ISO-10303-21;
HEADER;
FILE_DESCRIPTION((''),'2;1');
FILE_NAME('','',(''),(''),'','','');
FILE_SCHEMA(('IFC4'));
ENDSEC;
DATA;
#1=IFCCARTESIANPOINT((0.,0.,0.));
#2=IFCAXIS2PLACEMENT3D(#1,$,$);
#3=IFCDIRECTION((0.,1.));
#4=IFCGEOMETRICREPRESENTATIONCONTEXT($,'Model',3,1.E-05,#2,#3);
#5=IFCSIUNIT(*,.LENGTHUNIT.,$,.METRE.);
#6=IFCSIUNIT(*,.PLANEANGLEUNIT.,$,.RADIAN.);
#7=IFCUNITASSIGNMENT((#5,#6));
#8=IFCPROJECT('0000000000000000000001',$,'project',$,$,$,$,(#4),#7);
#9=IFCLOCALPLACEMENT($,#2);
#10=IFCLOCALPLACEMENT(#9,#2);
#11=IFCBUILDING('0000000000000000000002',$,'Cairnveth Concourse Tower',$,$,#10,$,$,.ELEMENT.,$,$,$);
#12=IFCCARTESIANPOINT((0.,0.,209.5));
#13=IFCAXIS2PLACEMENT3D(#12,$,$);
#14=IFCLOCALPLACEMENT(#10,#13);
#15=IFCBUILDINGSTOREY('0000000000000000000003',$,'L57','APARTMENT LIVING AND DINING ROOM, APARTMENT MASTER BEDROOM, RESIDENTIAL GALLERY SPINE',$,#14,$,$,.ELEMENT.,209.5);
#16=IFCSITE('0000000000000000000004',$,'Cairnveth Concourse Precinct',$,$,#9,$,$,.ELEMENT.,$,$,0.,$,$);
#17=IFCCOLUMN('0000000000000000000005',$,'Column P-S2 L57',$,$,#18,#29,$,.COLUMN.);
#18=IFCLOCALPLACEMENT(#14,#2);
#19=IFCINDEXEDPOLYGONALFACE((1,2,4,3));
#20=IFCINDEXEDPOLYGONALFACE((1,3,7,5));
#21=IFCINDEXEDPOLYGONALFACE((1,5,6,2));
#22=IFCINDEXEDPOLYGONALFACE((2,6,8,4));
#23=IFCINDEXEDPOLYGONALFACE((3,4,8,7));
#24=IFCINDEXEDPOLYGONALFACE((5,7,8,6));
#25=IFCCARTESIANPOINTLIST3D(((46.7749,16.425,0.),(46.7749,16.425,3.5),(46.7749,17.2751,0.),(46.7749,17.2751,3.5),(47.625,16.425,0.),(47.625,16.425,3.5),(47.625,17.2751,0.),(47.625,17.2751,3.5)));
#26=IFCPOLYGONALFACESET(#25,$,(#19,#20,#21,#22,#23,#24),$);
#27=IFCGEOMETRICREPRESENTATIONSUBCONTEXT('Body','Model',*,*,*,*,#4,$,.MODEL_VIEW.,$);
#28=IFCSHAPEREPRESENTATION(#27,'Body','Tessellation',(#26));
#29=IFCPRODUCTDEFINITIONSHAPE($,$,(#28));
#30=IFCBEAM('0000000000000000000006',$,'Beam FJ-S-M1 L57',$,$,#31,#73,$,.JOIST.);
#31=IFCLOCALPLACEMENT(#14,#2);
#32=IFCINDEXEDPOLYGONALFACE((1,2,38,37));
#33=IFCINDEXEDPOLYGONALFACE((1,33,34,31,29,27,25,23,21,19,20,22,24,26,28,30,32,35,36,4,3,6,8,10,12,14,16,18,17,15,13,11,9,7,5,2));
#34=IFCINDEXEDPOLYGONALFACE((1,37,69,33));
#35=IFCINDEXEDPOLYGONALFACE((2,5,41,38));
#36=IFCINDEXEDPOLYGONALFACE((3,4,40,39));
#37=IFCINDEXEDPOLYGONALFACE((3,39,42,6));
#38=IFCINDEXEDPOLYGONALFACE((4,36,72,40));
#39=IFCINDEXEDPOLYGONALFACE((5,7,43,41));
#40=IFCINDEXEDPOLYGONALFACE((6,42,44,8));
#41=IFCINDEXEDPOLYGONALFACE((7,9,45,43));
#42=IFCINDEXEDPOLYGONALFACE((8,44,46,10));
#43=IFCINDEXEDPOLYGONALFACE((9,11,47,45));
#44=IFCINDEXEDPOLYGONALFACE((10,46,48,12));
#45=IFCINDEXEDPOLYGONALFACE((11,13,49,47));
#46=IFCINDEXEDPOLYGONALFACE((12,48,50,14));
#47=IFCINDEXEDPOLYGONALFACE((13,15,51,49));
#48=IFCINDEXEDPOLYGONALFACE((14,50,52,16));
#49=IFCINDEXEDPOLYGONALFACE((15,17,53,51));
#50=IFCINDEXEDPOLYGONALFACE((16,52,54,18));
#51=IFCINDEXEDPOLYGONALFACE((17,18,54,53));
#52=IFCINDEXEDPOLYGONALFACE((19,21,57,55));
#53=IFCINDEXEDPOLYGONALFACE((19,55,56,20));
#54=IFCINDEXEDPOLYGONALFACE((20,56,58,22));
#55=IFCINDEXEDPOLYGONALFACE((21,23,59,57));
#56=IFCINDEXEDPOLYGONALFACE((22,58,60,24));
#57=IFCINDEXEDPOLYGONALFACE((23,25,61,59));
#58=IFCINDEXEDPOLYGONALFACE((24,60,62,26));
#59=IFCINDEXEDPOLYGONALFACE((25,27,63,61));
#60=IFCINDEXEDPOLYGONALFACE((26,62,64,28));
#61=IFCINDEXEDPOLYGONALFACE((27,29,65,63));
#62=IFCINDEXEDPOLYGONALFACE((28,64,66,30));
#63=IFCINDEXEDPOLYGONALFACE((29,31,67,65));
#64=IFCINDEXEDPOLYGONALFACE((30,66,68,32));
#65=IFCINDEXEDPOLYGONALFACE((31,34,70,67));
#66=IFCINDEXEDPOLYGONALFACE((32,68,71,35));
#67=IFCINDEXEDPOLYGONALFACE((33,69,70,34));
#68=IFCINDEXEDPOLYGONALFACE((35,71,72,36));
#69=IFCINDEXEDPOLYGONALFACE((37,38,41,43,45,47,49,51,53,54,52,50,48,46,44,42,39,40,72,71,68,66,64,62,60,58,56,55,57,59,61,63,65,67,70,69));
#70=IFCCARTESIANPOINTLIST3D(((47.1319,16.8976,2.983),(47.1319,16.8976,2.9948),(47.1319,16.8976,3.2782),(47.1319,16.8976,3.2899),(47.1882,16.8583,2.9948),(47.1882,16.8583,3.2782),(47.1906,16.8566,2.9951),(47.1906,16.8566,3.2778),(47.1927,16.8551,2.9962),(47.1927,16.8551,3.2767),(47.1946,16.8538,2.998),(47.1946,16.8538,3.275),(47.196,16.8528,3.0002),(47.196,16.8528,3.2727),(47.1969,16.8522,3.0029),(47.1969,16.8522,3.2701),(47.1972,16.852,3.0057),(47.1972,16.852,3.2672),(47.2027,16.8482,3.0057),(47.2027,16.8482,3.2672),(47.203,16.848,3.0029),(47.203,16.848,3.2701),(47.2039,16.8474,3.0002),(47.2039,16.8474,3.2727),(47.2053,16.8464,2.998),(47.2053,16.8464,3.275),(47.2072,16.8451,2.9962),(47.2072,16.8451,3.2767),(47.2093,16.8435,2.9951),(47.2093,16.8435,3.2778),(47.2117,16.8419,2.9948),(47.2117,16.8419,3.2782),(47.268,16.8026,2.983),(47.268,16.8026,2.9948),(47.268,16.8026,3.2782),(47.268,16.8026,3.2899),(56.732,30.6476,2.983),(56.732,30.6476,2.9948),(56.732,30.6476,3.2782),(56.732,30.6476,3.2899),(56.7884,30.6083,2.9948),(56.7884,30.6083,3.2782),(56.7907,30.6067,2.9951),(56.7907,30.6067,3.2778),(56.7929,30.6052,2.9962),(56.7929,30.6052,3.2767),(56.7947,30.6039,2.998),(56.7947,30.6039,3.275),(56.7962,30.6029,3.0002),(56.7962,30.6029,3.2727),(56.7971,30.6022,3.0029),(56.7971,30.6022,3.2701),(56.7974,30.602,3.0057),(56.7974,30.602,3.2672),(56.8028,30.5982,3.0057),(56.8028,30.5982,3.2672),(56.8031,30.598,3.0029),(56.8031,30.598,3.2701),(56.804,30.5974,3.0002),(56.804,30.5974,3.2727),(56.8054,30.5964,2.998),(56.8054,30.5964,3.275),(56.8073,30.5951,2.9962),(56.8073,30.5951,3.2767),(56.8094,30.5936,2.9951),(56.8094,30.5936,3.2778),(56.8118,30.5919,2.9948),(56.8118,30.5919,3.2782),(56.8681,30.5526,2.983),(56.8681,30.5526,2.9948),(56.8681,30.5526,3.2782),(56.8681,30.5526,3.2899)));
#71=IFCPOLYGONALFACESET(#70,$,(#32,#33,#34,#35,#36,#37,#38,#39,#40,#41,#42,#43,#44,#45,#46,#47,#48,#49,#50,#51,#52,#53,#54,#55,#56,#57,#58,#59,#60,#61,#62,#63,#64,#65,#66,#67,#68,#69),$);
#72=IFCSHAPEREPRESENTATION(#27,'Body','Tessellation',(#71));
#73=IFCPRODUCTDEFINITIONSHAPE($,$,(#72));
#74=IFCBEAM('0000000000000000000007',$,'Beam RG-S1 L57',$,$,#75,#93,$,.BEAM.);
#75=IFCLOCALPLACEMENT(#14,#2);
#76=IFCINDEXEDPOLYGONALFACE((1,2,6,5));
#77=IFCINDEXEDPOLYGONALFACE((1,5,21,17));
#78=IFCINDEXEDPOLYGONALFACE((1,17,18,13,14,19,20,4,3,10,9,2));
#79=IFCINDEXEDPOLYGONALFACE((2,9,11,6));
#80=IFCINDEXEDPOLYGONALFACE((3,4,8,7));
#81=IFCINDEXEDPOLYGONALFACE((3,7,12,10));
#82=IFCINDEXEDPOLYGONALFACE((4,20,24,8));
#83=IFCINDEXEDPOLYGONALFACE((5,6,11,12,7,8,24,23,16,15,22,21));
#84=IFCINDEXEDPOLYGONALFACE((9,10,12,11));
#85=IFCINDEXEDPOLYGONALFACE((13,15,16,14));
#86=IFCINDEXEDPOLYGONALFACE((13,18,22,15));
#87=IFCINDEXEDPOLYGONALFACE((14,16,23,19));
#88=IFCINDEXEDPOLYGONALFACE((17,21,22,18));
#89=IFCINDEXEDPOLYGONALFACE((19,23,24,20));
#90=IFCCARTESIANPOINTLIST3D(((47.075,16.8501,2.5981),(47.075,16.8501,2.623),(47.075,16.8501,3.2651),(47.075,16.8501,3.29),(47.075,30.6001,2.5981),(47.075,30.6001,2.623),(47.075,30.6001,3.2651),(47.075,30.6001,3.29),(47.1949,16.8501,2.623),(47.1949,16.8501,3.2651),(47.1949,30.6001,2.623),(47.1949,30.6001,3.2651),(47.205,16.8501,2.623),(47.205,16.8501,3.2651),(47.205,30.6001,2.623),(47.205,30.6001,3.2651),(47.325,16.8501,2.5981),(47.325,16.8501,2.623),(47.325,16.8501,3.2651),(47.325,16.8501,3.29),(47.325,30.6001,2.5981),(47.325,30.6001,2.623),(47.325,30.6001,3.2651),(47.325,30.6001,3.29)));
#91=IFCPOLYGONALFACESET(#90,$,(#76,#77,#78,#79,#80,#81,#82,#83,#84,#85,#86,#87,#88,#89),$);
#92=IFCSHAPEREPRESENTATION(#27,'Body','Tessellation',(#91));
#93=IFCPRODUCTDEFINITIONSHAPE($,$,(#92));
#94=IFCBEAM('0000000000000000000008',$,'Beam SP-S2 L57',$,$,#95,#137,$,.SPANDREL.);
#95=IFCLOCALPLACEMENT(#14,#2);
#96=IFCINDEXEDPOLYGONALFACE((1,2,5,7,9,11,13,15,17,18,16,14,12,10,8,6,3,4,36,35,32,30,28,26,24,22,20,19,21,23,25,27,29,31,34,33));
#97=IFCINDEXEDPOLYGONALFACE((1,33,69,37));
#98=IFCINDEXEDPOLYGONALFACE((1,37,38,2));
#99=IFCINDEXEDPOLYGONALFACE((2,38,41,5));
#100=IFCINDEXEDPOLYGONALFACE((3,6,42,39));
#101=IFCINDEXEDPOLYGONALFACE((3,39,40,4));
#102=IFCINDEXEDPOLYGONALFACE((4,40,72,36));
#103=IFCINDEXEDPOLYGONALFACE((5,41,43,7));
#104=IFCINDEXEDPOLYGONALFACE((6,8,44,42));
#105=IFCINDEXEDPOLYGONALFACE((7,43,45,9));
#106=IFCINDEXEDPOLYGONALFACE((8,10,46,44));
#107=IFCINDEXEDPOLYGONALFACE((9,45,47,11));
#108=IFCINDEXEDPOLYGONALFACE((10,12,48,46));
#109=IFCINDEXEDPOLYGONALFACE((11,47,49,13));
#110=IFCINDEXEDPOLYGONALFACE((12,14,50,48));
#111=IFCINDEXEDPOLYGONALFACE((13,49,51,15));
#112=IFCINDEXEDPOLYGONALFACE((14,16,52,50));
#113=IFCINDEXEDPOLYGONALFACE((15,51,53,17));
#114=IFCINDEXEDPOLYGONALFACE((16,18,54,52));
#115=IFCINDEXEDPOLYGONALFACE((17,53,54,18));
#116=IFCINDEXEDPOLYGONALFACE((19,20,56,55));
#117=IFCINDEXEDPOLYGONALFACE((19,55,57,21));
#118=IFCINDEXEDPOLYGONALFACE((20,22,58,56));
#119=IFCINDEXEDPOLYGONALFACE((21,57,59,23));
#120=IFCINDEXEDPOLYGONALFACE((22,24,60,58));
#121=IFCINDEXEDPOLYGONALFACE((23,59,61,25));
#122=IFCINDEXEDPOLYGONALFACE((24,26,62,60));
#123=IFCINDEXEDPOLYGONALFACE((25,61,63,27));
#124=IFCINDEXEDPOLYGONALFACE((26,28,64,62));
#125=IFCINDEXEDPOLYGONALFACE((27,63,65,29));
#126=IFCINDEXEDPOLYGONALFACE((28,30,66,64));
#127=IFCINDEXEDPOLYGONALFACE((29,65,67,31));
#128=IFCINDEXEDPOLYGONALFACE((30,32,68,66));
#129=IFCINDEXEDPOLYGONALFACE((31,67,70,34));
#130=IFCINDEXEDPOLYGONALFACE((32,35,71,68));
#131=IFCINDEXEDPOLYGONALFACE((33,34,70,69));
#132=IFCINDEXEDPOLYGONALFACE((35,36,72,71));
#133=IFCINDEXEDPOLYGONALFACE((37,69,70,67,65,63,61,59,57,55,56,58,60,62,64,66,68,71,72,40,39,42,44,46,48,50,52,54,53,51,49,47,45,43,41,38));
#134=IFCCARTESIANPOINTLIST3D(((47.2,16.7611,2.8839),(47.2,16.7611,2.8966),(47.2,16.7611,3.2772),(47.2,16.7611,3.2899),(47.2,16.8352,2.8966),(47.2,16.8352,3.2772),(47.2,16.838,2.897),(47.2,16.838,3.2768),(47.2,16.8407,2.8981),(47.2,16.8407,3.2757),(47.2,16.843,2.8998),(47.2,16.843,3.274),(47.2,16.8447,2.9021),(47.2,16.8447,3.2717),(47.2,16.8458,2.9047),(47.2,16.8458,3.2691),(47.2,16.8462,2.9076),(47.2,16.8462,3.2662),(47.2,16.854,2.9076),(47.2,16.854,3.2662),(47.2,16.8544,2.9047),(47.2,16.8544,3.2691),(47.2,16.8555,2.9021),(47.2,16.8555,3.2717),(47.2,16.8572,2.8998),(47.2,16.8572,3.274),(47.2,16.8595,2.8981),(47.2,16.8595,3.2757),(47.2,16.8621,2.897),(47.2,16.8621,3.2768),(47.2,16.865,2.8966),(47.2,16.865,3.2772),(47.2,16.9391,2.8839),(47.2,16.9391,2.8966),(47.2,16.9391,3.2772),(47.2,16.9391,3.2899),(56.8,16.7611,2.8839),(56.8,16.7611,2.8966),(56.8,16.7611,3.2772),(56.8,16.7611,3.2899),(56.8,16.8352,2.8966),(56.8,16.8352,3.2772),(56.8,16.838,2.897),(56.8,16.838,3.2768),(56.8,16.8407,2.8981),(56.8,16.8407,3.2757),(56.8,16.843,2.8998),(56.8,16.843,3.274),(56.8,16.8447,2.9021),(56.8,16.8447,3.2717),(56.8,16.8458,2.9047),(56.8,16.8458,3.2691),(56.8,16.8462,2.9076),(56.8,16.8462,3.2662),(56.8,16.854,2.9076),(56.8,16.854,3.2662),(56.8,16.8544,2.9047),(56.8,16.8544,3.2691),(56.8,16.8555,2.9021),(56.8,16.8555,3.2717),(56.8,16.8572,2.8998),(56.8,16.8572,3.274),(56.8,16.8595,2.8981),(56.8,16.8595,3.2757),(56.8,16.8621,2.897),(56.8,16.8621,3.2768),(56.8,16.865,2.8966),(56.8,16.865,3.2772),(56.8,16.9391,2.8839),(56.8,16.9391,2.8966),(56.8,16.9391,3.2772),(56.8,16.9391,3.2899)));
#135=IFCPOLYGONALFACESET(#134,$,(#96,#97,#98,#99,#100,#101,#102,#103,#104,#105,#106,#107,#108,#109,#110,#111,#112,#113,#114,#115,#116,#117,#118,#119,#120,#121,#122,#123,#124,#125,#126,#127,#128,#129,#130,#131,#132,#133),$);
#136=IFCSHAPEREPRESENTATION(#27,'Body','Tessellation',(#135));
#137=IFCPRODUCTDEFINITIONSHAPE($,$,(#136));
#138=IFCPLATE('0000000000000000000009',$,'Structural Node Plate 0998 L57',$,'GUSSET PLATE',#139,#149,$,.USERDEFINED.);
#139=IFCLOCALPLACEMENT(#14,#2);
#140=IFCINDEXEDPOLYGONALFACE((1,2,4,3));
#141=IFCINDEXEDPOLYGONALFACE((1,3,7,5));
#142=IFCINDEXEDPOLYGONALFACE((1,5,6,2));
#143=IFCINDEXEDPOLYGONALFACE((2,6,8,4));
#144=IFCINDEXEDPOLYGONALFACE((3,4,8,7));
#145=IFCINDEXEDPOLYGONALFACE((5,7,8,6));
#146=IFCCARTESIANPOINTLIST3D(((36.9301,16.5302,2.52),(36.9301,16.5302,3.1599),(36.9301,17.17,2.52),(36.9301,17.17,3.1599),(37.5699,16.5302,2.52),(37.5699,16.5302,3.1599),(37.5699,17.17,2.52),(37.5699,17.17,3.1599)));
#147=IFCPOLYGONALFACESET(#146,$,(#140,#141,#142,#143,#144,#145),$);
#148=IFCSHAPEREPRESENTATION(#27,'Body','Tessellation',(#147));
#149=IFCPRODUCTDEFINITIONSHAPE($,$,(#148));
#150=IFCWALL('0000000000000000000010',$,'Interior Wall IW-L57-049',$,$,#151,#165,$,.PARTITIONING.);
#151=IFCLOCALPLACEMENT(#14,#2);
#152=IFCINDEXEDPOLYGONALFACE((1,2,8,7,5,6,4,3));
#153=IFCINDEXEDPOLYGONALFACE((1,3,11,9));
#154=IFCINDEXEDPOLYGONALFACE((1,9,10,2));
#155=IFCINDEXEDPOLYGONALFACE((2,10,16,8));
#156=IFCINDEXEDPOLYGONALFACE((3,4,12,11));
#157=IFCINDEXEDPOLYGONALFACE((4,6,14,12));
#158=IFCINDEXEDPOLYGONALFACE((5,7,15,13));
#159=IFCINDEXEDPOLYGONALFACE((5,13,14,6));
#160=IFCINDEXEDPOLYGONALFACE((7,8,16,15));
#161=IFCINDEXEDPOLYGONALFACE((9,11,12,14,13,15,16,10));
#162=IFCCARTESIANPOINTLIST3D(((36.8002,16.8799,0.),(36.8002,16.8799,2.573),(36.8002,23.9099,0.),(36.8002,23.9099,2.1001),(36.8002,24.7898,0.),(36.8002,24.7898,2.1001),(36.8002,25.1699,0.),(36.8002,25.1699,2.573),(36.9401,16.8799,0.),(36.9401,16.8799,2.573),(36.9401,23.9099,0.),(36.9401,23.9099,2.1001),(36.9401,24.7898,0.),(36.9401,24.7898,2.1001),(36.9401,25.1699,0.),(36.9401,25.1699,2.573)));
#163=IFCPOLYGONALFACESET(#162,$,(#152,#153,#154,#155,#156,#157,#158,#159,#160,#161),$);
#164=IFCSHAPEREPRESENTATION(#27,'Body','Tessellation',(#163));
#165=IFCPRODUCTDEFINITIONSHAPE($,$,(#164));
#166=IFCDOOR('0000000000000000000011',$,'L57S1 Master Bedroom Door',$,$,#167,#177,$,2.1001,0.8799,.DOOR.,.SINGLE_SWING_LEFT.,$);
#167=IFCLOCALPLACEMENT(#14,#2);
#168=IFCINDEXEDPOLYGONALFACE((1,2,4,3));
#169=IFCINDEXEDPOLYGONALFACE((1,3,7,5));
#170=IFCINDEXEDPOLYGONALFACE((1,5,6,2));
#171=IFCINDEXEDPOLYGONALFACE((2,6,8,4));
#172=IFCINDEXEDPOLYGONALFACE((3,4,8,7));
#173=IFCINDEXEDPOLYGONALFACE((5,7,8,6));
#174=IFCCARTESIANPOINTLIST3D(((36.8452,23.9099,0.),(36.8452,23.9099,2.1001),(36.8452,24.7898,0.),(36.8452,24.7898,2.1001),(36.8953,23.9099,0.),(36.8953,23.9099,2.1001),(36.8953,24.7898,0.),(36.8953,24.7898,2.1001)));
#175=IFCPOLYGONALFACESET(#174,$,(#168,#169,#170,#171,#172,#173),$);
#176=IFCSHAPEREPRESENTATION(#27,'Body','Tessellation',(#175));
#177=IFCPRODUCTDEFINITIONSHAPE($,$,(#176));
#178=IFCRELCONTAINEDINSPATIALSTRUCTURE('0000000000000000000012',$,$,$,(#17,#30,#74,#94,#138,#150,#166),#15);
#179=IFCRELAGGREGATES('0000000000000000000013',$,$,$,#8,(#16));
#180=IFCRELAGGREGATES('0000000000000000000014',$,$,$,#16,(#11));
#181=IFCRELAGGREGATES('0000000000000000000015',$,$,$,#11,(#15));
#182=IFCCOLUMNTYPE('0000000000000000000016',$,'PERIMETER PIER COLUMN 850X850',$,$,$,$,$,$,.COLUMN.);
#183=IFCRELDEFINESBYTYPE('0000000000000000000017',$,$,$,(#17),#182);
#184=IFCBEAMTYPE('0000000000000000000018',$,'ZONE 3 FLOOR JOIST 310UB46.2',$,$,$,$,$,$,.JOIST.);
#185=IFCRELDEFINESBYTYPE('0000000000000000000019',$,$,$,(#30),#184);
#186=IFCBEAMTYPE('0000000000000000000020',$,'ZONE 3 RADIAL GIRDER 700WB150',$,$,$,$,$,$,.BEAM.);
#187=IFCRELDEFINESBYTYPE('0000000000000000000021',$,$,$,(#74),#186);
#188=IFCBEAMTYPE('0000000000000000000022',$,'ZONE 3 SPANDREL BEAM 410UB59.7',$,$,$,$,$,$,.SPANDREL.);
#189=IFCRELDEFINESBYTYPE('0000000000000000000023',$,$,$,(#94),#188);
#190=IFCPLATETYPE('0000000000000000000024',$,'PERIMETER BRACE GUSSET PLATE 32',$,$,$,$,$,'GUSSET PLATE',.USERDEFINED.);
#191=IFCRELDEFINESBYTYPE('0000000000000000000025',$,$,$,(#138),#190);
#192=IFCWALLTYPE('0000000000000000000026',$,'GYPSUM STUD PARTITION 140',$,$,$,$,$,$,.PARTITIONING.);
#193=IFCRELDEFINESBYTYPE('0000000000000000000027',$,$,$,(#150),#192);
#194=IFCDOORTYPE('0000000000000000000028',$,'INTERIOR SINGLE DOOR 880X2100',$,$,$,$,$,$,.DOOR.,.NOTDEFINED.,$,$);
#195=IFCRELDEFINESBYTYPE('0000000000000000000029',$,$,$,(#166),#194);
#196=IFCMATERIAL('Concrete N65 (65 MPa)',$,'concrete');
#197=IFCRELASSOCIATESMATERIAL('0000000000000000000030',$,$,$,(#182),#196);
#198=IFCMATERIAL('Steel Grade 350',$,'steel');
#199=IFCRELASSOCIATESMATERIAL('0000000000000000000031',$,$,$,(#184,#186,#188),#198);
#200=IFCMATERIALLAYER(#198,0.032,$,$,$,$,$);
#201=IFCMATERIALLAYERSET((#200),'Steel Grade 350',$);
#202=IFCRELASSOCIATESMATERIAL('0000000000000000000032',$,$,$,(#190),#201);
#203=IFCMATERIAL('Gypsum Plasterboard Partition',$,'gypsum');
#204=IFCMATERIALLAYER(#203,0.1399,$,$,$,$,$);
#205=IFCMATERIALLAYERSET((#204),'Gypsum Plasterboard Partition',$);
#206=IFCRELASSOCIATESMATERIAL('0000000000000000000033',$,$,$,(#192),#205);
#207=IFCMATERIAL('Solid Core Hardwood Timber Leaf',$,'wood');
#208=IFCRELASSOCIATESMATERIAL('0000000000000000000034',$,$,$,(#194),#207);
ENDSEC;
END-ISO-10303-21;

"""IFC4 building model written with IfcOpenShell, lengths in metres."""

from ifc_helpers import new_model, si_unit, direction, frame, frame_2d, origin, origin_2d, place, context, subcontext, project, spatial, rectangle, i_section, extrude, material, layer, layer_set, material_profile, profile_set, type_object, element, fill, save


model = new_model("IFC4")

# Units and contexts
model_context = context("Model", 3, precision=1e-05, world=origin(), true_north=direction((0.0, 1.0)))
body_context = subcontext(model_context, "Body", "Model", "MODEL_VIEW")
ifc_project = project(units=[si_unit("LENGTHUNIT", "METRE"), si_unit("PLANEANGLEUNIT", "RADIAN")], contexts=[model_context])

# Site, building, storey
site_placement = place(None, origin())
site = spatial("IfcSite", under=ifc_project, at=site_placement, Name="Cairnveth Concourse Precinct", CompositionType="ELEMENT", RefElevation=0.0)
building_placement = place(site_placement, origin())
building = spatial("IfcBuilding", under=site, at=building_placement, Name="Cairnveth Concourse Tower", CompositionType="ELEMENT")
storey_placement = place(building_placement, frame((0.0, 0.0, 209.5)))
storey = spatial("IfcBuildingStorey", under=building, at=storey_placement, Name="L57", Description="APARTMENT LIVING AND DINING ROOM, APARTMENT MASTER BEDROOM, RESIDENTIAL GALLERY SPINE", CompositionType="ELEMENT", Elevation=209.5)

# Column
ifc_material_1 = material(Name="Concrete N65 (65 MPa)", Category="concrete")
ifc_material_profile_1 = material_profile(ifc_material_1, rectangle(XDim=0.8501, YDim=0.8501, at=origin_2d()), Name="RC-COL-850x850")
ifc_profile_set_1 = profile_set([ifc_material_profile_1], Name="Concrete N65 (65 MPa)")
column_type = type_object("IfcColumnType", Name="PERIMETER PIER COLUMN 850X850", PredefinedType="COLUMN", material=ifc_profile_set_1)
column_placement = place(storey_placement, frame((47.2, 16.8501, 0.0), z_axis=(0.0, 0.0, 1.0), x_axis=(1.0, 0.0, 0.0)))
element("IfcColumn", 1, at=column_placement, inside=storey, type_object=column_type, Name="Column P-S2 L57", PredefinedType="COLUMN", context=body_context, shape_type="SweptSolid", body=[
    extrude(rectangle(XDim=0.8501, YDim=0.8501, at=origin_2d()), origin(), (0.0, 0.0, 1.0), 3.5),
])

# Beams
ifc_material_2 = material(Name="Steel Grade 350", Category="steel")
ifc_material_profile_2 = material_profile(ifc_material_2, i_section(OverallWidth=0.166, OverallDepth=0.3069, WebThickness=0.0066, FlangeThickness=0.0117, FilletRadius=0.011, at=origin_2d()), Name="310UB46.2")
ifc_profile_set_2 = profile_set([ifc_material_profile_2], Name="Steel Grade 350")
beam_type_1 = type_object("IfcBeamType", Name="ZONE 3 FLOOR JOIST 310UB46.2", PredefinedType="JOIST", material=ifc_profile_set_2)
beam_1_placement = place(storey_placement, frame((47.2, 16.8501, 3.1365), z_axis=(0.572465, 0.819929, 0.0), x_axis=(-0.819929, 0.572465, 0.0)))
element("IfcBeam", 2, at=beam_1_placement, inside=storey, type_object=beam_type_1, Name="Beam FJ-S-M1 L57", PredefinedType="JOIST", context=body_context, shape_type="SweptSolid", body=[
    extrude(i_section(OverallWidth=0.166, OverallDepth=0.3069, WebThickness=0.0066, FlangeThickness=0.0117, FilletRadius=0.011, at=origin_2d()), origin(), (0.0, 0.0, 1.0), 16.7698),
])
ifc_material_profile_3 = material_profile(ifc_material_2, i_section(OverallWidth=0.25, OverallDepth=0.6919, WebThickness=0.01, FlangeThickness=0.0249, at=origin_2d()), Name="700WB150")
ifc_profile_set_3 = profile_set([ifc_material_profile_3], Name="Steel Grade 350")
beam_type_2 = type_object("IfcBeamType", Name="ZONE 3 RADIAL GIRDER 700WB150", PredefinedType="BEAM", material=ifc_profile_set_3)
beam_2_placement = place(storey_placement, frame((47.2, 16.8501, 2.9441), z_axis=(0.0, 1.0, 0.0), x_axis=(-1.0, 0.0, 0.0)))
element("IfcBeam", 3, at=beam_2_placement, inside=storey, type_object=beam_type_2, Name="Beam RG-S1 L57", PredefinedType="BEAM", context=body_context, shape_type="SweptSolid", body=[
    extrude(i_section(OverallWidth=0.25, OverallDepth=0.6919, WebThickness=0.01, FlangeThickness=0.0249, at=origin_2d()), origin(), (0.0, 0.0, 1.0), 13.75),
])
ifc_material_profile_4 = material_profile(ifc_material_2, i_section(OverallWidth=0.178, OverallDepth=0.406, WebThickness=0.0078, FlangeThickness=0.0127, FilletRadius=0.011, at=origin_2d()), Name="410UB59.7")
ifc_profile_set_4 = profile_set([ifc_material_profile_4], Name="Steel Grade 350")
beam_type_3 = type_object("IfcBeamType", Name="ZONE 3 SPANDREL BEAM 410UB59.7", PredefinedType="SPANDREL", material=ifc_profile_set_4)
beam_3_placement = place(storey_placement, frame((47.2, 16.8501, 3.0869), z_axis=(1.0, 0.0, 0.0), x_axis=(0.0, 1.0, 0.0)))
element("IfcBeam", 4, at=beam_3_placement, inside=storey, type_object=beam_type_3, Name="Beam SP-S2 L57", PredefinedType="SPANDREL", context=body_context, shape_type="SweptSolid", body=[
    extrude(i_section(OverallWidth=0.178, OverallDepth=0.406, WebThickness=0.0078, FlangeThickness=0.0127, FilletRadius=0.011, at=origin_2d()), origin(), (0.0, 0.0, 1.0), 9.6001),
])

# Plate
ifc_layer_1 = layer(ifc_material_2, 0.032)
ifc_layer_set_1 = layer_set([ifc_layer_1], Name="Steel Grade 350")
plate_type = type_object("IfcPlateType", Name="PERIMETER BRACE GUSSET PLATE 32", ElementType="GUSSET PLATE", PredefinedType="USERDEFINED", material=ifc_layer_set_1)
plate_placement = place(storey_placement, frame((37.25, 16.8501, 2.52), z_axis=(0.0, 0.0, 1.0), x_axis=(1.0, 0.0, 0.0)))
element("IfcPlate", 5, at=plate_placement, inside=storey, type_object=plate_type, Name="Structural Node Plate 0998 L57", ObjectType="GUSSET PLATE", PredefinedType="USERDEFINED", context=body_context, shape_type="SweptSolid", body=[
    extrude(rectangle(XDim=0.6399, YDim=0.6399, at=origin_2d()), origin(), (0.0, 0.0, 1.0), 0.6399),
])

# Wall, opening, door
ifc_material_3 = material(Name="Gypsum Plasterboard Partition", Category="gypsum")
ifc_layer_2 = layer(ifc_material_3, 0.1399)
ifc_layer_set_2 = layer_set([ifc_layer_2], Name="Gypsum Plasterboard Partition")
wall_type_1 = type_object("IfcWallType", Name="GYPSUM STUD PARTITION 140", PredefinedType="PARTITIONING", material=ifc_layer_set_2)
wall_1_placement = place(storey_placement, frame((36.8701, 16.8799, 0.0), z_axis=(0.0, 0.0, 1.0), x_axis=(0.0, 1.0, 0.0)))
wall_1 = element("IfcWall", 6, at=wall_1_placement, inside=storey, type_object=wall_type_1, Name="Interior Wall IW-L57-049", PredefinedType="PARTITIONING", context=body_context, shape_type="SweptSolid", body=[
    extrude(rectangle(XDim=8.29, YDim=0.1399, at=frame_2d((4.145, 0.0))), origin(), (0.0, 0.0, 1.0), 2.573),
])
opening_1_placement = place(wall_1_placement, frame((7.03, 0.0, 0.0)))
opening_1 = element("IfcOpeningElement", 7, at=opening_1_placement, cuts=wall_1, PredefinedType="OPENING", context=body_context, shape_type="SweptSolid", body=[
    extrude(rectangle(XDim=0.8799, YDim=2.1001, at=frame_2d((0.4399, 1.05))), frame((0.0, 0.0798, 0.0), z_axis=(0.0, -1.0, 0.0), x_axis=(1.0, 0.0, 0.0)), (0.0, 0.0, 1.0), 0.1599),
])
ifc_material_4 = material(Name="Solid Core Hardwood Timber Leaf", Category="wood")
door_type_1 = type_object("IfcDoorType", Name="INTERIOR SINGLE DOOR 880X2100", OperationType="NOTDEFINED", PredefinedType="DOOR", material=ifc_material_4)
door_1_placement = place(opening_1_placement, origin())
door_1 = element("IfcDoor", 8, at=door_1_placement, inside=storey, type_object=door_type_1, Name="L57S1 Master Bedroom Door", OperationType="SINGLE_SWING_LEFT", OverallHeight=2.1001, OverallWidth=0.8799, PredefinedType="DOOR", context=body_context, shape_type="SweptSolid", body=[
    extrude(rectangle(XDim=0.8799, YDim=2.1001, at=frame_2d((0.4399, 1.05))), frame((0.0, 0.0249, 0.0), z_axis=(0.0, -1.0, 0.0), x_axis=(1.0, 0.0, 0.0)), (0.0, 0.0, 1.0), 0.05),
])
fill(opening_1, door_1)

save(model, "model.ifc")
